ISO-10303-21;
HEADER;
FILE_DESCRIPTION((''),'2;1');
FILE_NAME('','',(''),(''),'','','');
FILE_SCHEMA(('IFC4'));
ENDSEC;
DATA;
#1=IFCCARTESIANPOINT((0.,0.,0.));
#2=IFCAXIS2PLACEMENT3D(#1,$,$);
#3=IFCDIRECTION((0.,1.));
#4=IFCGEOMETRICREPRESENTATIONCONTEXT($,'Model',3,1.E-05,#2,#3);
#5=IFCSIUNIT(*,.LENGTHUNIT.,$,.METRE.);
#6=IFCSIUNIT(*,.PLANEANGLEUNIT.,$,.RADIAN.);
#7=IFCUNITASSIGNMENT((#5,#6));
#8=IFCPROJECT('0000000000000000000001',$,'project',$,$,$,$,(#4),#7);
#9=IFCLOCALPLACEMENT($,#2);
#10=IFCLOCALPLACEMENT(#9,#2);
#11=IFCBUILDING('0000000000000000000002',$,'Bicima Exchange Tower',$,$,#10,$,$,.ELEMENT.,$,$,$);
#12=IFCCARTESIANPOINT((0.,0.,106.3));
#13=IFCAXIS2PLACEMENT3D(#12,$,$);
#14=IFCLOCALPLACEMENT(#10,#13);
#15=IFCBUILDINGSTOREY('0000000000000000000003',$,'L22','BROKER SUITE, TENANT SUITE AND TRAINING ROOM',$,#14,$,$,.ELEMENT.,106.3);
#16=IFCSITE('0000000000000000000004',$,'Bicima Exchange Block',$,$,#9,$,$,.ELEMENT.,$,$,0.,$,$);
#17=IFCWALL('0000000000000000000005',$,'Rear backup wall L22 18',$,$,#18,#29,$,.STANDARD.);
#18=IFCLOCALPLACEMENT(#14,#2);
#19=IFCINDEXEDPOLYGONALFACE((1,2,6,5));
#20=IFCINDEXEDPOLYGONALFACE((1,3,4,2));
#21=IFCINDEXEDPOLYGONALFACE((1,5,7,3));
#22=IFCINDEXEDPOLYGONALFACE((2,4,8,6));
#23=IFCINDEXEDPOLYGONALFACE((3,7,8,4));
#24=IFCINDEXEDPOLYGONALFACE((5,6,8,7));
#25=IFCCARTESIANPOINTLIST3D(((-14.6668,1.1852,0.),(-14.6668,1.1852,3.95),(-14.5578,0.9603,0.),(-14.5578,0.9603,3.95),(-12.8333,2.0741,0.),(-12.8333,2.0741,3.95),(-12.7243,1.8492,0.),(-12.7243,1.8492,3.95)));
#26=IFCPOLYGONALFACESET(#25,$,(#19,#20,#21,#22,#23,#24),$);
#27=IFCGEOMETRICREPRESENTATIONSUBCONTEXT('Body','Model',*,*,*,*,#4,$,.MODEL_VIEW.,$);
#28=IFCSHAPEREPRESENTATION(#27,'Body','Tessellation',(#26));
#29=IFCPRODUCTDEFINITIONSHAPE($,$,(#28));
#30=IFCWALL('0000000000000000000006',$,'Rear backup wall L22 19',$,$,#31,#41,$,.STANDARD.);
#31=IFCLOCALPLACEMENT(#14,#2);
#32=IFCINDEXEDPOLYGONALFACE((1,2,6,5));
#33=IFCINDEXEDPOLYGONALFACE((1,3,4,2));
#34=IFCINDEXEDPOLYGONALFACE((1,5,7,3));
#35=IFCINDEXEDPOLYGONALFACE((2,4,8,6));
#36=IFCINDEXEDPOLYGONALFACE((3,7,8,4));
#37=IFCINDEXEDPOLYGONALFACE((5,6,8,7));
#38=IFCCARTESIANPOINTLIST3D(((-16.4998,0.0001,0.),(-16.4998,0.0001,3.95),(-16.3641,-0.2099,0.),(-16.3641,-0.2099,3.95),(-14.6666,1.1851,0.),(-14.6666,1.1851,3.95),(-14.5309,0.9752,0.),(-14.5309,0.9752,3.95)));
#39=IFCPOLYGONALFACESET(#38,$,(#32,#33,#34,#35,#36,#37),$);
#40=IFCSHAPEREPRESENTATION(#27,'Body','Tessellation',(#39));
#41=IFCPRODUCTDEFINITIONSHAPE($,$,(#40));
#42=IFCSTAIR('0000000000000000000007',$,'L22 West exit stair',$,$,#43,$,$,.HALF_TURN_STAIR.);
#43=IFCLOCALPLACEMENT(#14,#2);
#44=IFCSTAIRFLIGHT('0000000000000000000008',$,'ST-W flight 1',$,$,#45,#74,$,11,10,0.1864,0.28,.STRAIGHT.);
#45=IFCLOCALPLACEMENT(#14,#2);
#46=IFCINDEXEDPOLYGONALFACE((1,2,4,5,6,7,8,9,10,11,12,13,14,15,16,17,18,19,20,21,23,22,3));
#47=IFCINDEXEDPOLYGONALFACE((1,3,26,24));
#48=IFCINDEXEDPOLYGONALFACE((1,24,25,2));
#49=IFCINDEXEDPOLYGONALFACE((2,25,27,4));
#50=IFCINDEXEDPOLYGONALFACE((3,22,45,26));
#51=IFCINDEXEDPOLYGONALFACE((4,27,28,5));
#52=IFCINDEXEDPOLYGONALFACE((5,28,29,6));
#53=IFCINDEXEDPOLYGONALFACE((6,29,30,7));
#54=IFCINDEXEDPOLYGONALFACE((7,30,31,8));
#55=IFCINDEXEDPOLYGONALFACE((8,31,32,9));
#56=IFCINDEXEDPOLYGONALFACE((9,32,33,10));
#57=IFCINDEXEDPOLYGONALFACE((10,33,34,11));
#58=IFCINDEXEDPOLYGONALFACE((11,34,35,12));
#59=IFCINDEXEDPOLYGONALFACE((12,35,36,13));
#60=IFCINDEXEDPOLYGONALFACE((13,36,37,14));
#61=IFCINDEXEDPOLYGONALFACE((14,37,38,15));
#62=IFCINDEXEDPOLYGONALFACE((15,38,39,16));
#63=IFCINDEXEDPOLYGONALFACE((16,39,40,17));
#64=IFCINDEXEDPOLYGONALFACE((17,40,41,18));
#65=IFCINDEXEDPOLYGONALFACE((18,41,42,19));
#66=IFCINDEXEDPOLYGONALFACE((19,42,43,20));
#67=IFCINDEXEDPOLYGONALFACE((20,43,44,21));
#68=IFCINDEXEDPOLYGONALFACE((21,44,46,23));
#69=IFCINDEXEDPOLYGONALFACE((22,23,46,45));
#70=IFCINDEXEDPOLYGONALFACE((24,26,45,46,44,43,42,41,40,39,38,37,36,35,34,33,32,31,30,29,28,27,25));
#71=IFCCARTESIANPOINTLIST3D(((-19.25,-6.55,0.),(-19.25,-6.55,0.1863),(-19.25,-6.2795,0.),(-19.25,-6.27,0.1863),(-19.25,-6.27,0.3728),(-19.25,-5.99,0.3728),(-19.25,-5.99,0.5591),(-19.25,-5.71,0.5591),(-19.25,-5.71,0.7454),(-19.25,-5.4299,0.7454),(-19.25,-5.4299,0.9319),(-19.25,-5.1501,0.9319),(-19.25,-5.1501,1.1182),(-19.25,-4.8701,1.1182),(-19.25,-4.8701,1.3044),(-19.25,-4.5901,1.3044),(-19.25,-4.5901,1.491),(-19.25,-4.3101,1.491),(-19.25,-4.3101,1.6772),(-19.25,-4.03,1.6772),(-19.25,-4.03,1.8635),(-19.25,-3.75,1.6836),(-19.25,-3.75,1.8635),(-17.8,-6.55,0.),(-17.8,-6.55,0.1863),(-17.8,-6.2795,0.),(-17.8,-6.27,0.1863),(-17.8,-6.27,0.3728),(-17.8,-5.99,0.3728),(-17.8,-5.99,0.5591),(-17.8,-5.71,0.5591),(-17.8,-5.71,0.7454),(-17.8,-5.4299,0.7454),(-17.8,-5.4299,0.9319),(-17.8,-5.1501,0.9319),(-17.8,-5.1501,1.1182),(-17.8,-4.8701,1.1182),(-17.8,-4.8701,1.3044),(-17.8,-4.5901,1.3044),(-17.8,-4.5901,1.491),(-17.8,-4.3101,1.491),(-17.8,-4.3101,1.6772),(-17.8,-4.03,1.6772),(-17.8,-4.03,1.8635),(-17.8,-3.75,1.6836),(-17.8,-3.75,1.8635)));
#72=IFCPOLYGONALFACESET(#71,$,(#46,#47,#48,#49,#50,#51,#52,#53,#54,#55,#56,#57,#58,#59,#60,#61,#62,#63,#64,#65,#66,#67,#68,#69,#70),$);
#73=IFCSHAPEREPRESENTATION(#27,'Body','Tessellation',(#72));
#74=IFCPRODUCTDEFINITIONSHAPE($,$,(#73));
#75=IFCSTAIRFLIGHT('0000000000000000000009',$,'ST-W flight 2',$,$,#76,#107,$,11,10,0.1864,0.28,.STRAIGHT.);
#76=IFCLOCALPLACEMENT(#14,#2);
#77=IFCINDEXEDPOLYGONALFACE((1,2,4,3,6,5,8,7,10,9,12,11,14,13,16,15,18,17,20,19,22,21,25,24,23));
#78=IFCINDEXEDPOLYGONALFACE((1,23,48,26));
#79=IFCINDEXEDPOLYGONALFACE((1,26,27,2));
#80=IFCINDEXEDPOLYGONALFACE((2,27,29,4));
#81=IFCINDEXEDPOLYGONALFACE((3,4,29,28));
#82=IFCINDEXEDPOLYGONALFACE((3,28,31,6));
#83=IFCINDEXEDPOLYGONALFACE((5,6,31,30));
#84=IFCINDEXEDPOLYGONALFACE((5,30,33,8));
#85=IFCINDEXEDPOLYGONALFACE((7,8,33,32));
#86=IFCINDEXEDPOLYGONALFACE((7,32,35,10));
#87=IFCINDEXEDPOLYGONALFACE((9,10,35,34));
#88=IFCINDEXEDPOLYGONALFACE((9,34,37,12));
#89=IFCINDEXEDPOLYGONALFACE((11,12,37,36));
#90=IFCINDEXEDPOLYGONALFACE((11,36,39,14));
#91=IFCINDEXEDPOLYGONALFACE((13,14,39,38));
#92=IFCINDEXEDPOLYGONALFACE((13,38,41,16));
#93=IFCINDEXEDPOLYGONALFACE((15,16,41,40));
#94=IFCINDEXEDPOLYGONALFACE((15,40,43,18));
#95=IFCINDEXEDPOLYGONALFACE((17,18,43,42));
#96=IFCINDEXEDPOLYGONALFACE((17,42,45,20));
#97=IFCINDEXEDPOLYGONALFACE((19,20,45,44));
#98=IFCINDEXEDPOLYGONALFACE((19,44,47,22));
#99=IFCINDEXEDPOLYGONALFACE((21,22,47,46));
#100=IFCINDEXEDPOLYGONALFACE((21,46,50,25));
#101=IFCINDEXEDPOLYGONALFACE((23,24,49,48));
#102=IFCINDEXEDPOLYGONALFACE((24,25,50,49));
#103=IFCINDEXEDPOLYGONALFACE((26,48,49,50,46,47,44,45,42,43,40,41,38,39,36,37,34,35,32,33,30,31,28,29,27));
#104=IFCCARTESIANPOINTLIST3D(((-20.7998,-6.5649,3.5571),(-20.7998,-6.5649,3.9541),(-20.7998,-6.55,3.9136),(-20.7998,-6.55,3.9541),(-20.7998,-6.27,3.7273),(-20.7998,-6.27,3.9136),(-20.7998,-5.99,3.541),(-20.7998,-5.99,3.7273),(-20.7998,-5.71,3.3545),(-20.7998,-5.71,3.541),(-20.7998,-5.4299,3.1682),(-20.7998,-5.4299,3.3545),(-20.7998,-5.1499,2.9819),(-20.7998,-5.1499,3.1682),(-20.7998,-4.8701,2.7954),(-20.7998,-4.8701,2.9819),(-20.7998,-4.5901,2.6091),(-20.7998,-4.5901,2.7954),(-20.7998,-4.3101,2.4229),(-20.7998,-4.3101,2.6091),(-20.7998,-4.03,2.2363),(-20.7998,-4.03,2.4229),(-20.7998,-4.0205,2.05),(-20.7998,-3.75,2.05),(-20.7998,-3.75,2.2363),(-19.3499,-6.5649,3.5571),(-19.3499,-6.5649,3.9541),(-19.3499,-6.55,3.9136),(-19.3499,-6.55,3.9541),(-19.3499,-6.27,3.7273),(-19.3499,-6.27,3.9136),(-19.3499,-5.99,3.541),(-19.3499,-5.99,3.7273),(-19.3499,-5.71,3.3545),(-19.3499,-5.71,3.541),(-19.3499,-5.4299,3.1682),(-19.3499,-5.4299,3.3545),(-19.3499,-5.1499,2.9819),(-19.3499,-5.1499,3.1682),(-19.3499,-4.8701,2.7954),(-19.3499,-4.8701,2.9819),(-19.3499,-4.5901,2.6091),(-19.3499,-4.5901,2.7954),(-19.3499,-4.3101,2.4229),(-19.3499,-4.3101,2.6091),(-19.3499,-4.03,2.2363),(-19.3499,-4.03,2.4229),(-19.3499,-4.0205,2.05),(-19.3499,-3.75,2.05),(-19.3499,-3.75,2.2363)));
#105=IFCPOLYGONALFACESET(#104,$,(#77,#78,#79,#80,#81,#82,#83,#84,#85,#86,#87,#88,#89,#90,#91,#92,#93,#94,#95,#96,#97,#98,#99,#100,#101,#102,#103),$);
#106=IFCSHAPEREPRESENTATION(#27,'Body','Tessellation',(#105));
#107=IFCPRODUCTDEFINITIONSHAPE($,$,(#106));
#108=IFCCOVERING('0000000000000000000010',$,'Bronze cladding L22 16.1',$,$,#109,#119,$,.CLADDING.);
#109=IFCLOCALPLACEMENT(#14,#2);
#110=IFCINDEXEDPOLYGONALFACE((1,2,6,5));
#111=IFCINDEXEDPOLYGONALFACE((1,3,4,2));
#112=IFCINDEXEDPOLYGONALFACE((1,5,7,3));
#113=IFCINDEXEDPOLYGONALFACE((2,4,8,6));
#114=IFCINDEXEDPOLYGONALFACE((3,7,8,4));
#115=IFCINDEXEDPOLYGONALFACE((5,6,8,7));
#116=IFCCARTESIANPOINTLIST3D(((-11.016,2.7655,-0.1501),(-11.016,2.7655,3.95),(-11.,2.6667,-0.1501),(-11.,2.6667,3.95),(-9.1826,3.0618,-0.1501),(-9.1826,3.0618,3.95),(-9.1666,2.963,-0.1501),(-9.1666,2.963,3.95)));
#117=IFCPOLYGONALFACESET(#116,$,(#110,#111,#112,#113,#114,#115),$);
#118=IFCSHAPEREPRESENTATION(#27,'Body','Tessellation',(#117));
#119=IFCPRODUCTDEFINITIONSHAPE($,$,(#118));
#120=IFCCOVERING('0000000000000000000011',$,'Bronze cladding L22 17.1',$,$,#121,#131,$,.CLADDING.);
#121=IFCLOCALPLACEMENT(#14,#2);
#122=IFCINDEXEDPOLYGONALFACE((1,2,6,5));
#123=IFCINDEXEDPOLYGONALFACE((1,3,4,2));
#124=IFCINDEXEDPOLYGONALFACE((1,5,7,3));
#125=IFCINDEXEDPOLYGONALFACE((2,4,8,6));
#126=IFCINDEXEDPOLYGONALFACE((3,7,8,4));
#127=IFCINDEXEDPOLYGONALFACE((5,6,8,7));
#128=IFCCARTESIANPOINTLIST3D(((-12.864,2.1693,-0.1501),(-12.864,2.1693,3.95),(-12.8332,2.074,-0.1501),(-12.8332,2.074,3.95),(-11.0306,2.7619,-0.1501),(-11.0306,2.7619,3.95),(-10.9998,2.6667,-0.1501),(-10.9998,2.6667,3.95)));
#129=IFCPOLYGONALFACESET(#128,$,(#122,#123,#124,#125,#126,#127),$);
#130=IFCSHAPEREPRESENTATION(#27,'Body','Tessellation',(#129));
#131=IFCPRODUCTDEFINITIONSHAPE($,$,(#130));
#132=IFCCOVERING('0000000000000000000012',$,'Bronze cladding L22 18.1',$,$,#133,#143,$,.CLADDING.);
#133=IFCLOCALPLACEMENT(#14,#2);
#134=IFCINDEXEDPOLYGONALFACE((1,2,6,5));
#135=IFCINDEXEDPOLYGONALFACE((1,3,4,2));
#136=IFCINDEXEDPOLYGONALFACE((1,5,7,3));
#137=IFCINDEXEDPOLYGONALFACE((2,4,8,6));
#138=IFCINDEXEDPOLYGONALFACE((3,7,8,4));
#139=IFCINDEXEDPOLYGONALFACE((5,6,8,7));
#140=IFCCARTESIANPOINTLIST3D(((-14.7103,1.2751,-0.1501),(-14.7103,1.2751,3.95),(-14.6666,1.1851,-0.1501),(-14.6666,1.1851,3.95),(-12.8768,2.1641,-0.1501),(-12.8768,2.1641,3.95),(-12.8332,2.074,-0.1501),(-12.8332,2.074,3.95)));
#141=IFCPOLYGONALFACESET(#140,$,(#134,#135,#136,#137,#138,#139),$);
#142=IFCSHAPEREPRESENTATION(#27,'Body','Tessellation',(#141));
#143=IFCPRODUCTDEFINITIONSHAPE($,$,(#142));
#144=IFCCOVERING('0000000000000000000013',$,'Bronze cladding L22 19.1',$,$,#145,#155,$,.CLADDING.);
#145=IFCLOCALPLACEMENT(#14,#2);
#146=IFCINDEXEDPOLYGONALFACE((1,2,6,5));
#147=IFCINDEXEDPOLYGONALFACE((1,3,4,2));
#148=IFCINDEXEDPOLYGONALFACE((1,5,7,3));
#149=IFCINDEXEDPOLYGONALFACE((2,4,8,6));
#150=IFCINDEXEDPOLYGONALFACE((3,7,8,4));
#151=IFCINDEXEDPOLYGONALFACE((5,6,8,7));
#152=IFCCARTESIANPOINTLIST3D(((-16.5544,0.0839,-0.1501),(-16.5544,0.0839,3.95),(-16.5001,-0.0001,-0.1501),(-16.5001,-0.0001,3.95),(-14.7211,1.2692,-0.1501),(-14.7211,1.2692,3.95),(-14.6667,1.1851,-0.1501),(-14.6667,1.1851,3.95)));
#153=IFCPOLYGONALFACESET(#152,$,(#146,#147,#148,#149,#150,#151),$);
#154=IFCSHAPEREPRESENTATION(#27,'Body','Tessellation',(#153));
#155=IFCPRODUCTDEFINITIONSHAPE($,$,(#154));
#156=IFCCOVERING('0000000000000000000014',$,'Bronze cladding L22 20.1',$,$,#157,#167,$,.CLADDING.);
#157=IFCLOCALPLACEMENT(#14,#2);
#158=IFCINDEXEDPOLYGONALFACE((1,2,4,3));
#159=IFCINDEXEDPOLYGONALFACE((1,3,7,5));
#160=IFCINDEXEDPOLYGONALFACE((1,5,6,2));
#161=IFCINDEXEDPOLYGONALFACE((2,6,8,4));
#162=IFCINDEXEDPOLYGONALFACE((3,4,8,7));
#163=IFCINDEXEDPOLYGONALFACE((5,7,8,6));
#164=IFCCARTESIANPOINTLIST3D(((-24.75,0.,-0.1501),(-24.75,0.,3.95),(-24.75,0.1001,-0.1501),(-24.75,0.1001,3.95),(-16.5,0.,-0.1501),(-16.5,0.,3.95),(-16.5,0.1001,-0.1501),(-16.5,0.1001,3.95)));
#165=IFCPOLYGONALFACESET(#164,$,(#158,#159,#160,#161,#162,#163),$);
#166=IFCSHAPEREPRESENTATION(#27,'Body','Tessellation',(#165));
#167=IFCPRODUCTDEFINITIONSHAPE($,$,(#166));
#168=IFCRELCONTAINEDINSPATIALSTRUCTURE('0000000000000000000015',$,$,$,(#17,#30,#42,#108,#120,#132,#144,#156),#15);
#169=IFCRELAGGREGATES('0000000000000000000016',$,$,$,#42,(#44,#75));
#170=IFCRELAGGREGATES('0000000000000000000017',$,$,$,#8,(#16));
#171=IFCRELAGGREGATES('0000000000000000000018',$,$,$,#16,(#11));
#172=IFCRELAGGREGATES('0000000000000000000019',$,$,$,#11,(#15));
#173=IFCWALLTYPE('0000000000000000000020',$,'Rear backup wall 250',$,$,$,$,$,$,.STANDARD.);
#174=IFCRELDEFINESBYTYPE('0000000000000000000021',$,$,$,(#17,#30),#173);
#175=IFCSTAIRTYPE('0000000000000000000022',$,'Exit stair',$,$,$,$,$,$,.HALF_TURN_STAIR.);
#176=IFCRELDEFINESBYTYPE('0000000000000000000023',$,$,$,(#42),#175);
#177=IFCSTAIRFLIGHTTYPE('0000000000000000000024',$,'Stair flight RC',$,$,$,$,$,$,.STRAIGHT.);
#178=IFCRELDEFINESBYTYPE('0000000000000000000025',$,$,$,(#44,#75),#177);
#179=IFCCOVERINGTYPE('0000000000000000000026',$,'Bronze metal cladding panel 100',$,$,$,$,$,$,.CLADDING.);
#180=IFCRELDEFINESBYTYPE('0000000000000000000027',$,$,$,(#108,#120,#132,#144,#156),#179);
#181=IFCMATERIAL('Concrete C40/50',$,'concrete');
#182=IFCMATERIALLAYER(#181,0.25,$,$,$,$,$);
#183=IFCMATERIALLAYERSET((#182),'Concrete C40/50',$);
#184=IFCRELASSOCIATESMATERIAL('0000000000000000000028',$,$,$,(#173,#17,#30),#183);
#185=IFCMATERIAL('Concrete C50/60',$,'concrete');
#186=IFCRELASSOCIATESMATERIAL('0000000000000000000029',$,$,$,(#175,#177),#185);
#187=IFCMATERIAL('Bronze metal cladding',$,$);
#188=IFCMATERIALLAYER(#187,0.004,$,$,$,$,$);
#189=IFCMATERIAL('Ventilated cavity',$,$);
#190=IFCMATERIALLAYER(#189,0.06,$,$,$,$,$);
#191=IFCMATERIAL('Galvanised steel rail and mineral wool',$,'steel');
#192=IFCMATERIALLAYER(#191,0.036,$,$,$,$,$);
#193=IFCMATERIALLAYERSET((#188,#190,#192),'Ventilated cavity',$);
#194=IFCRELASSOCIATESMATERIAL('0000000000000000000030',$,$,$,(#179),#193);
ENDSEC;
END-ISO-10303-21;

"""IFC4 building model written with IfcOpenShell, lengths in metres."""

from ifc_helpers import new_model, si_unit, direction, frame, frame_2d, origin, origin_2d, place, context, subcontext, project, spatial, polyline, rectangle, outline, extrude, material, layer, layer_set, layer_usage, type_object, element, aggregate, save


model = new_model("IFC4")

# Units and contexts
model_context = context("Model", 3, precision=1e-05, world=origin(), true_north=direction((0.0, 1.0)))
body_context = subcontext(model_context, "Body", "Model", "MODEL_VIEW")
ifc_project = project(units=[si_unit("LENGTHUNIT", "METRE"), si_unit("PLANEANGLEUNIT", "RADIAN")], contexts=[model_context])

# Site, building, storey
site_placement = place(None, origin())
site = spatial("IfcSite", under=ifc_project, at=site_placement, Name="Bicima Exchange Block", CompositionType="ELEMENT", RefElevation=0.0)
building_placement = place(site_placement, origin())
building = spatial("IfcBuilding", under=site, at=building_placement, Name="Bicima Exchange Tower", CompositionType="ELEMENT")
storey_placement = place(building_placement, frame((0.0, 0.0, 106.3)))
storey = spatial("IfcBuildingStorey", under=building, at=storey_placement, Name="L22", Description="BROKER SUITE, TENANT SUITE AND TRAINING ROOM", CompositionType="ELEMENT", Elevation=106.3)

# Shared definitions
ifc_material_1 = material(Name="Concrete C50/60", Category="concrete")

# Walls
ifc_material_2 = material(Name="Concrete C40/50", Category="concrete")
ifc_layer_1 = layer(ifc_material_2, 0.25)
ifc_layer_set_1 = layer_set([ifc_layer_1], Name="Concrete C40/50")
ifc_layer_usage = layer_usage(ifc_layer_set_1, "AXIS2", "POSITIVE", -0.125)
wall_type_1 = type_object("IfcWallType", Name="Rear backup wall 250", PredefinedType="STANDARD", material=ifc_layer_set_1)
wall_1_placement = place(storey_placement, frame((-12.7788, 1.9617, 0.0), z_axis=(0.0, 0.0, 1.0), x_axis=(-0.899824, -0.436253, 0.0)))
element("IfcWall", 1, at=wall_1_placement, inside=storey, type_object=wall_type_1, material=ifc_layer_usage, Name="Rear backup wall L22 18", PredefinedType="STANDARD", context=body_context, shape_type="SweptSolid", body=[
    extrude(rectangle(XDim=2.0376, YDim=0.25, at=frame_2d((1.0188, 0.0))), origin(), (0.0, 0.0, 1.0), 3.95),
])
wall_2_placement = place(storey_placement, frame((-14.5989, 1.0801, 0.0), z_axis=(0.0, 0.0, 1.0), x_axis=(-0.839813, -0.542876, 0.0)))
element("IfcWall", 2, at=wall_2_placement, inside=storey, type_object=wall_type_1, material=ifc_layer_usage, Name="Rear backup wall L22 19", PredefinedType="STANDARD", context=body_context, shape_type="SweptSolid", body=[
    extrude(rectangle(XDim=2.1829, YDim=0.25, at=frame_2d((1.0913, 0.0))), origin(), (0.0, 0.0, 1.0), 3.95),
])

# Stair, stair flights
stair_type = type_object("IfcStairType", Name="Exit stair", PredefinedType="HALF_TURN_STAIR", material=ifc_material_1)
stair_placement = place(storey_placement, origin())
stair = element("IfcStair", 3, at=stair_placement, inside=storey, type_object=stair_type, Name="L22 West exit stair", PredefinedType="HALF_TURN_STAIR")
stair_flight_type = type_object("IfcStairFlightType", Name="Stair flight RC", PredefinedType="STRAIGHT", material=ifc_material_1)
stair_flight_1_placement = place(storey_placement, frame((-18.5249, -6.55, 0.0), z_axis=(0.0, 0.0, 1.0), x_axis=(0.0, 1.0, 0.0)))
stair_flight_1 = element("IfcStairFlight", 4, at=stair_flight_1_placement, type_object=stair_flight_type, Name="ST-W flight 1", NumberOfRisers=11, NumberOfTreads=10, PredefinedType="STRAIGHT", RiserHeight=0.1864, TreadLength=0.28, context=body_context, shape_type="SweptSolid", body=[
    extrude(outline(polyline([(0.0, 0.0), (0.0, 0.1863), (0.28, 0.1863), (0.28, 0.3728), (0.5601, 0.3728), (0.5601, 0.5591), (0.8401, 0.5591), (0.8401, 0.7454), (1.1201, 0.7454), (1.1201, 0.9319), (1.3999, 0.9319), (1.3999, 1.1182), (1.6799, 1.1182), (1.6799, 1.3044), (1.96, 1.3044), (1.96, 1.491), (2.24, 1.491), (2.24, 1.6772), (2.52, 1.6772), (2.52, 1.8635), (2.8, 1.8635), (2.8, 2.05), (2.8, 1.6836), (0.2705, 0.0), (0.0, 0.0)])), frame((0.0, 0.7251, 0.0), z_axis=(0.0, -1.0, 0.0), x_axis=(1.0, 0.0, 0.0)), (0.0, 0.0, 1.0), 1.45),
])
stair_flight_2_placement = place(storey_placement, frame((-20.075, -3.75, 2.05), z_axis=(0.0, 0.0, 1.0), x_axis=(0.0, -1.0, 0.0)))
stair_flight_2 = element("IfcStairFlight", 5, at=stair_flight_2_placement, type_object=stair_flight_type, Name="ST-W flight 2", NumberOfRisers=11, NumberOfTreads=10, PredefinedType="STRAIGHT", RiserHeight=0.1864, TreadLength=0.28, context=body_context, shape_type="SweptSolid", body=[
    extrude(outline(polyline([(0.0, 0.0), (0.0, 0.1863), (0.28, 0.1863), (0.28, 0.3728), (0.5601, 0.3728), (0.5601, 0.5591), (0.8401, 0.5591), (0.8401, 0.7454), (1.1201, 0.7454), (1.1201, 0.9319), (1.3999, 0.9319), (1.3999, 1.1182), (1.6799, 1.1182), (1.6799, 1.3044), (1.96, 1.3044), (1.96, 1.491), (2.24, 1.491), (2.24, 1.6772), (2.52, 1.6772), (2.52, 1.8635), (2.8, 1.8635), (2.8, 1.9041), (2.8149, 1.9041), (2.8149, 1.5071), (0.2705, 0.0), (0.0, 0.0)])), frame((0.0, 0.7251, 0.0), z_axis=(0.0, -1.0, 0.0), x_axis=(1.0, 0.0, 0.0)), (0.0, 0.0, 1.0), 1.45),
])
aggregate(stair, [stair_flight_1, stair_flight_2])

# Coverings
ifc_material_3 = material(Name="Bronze metal cladding")
ifc_layer_2 = layer(ifc_material_3, 0.004)
ifc_material_4 = material(Name="Ventilated cavity")
ifc_layer_3 = layer(ifc_material_4, 0.06)
ifc_material_5 = material(Name="Galvanised steel rail and mineral wool", Category="steel")
ifc_layer_4 = layer(ifc_material_5, 0.036)
ifc_layer_set_2 = layer_set([ifc_layer_2, ifc_layer_3, ifc_layer_4], Name="Ventilated cavity")
covering_type = type_object("IfcCoveringType", Name="Bronze metal cladding panel 100", PredefinedType="CLADDING", material=ifc_layer_set_2)
covering_1_placement = place(storey_placement, frame((-10.0913, 2.8643, -0.1501), z_axis=(0.0, 0.0, 1.0), x_axis=(-0.98719, -0.15955, 0.0)))
element("IfcCovering", 6, at=covering_1_placement, inside=storey, type_object=covering_type, Name="Bronze cladding L22 16.1", PredefinedType="CLADDING", context=body_context, shape_type="SweptSolid", body=[
    extrude(rectangle(XDim=1.8572, YDim=0.1001, at=origin_2d()), origin(), (0.0, 0.0, 1.0), 4.1001),
])
covering_2_placement = place(storey_placement, frame((-11.9319, 2.418, -0.1501), z_axis=(0.0, 0.0, 1.0), x_axis=(-0.951525, -0.307573, 0.0)))
element("IfcCovering", 7, at=covering_2_placement, inside=storey, type_object=covering_type, Name="Bronze cladding L22 17.1", PredefinedType="CLADDING", context=body_context, shape_type="SweptSolid", body=[
    extrude(rectangle(XDim=1.9268, YDim=0.1001, at=origin_2d()), origin(), (0.0, 0.0, 1.0), 4.1001),
])
covering_3_placement = place(storey_placement, frame((-13.7717, 1.6746, -0.1501), z_axis=(0.0, 0.0, 1.0), x_axis=(-0.899818, -0.436265, 0.0)))
element("IfcCovering", 8, at=covering_3_placement, inside=storey, type_object=covering_type, Name="Bronze cladding L22 18.1", PredefinedType="CLADDING", context=body_context, shape_type="SweptSolid", body=[
    extrude(rectangle(XDim=2.0376, YDim=0.1001, at=origin_2d()), origin(), (0.0, 0.0, 1.0), 4.1001),
])
covering_4_placement = place(storey_placement, frame((-15.6106, 0.6345, -0.1501), z_axis=(0.0, 0.0, 1.0), x_axis=(-0.83979, -0.542911, 0.0)))
element("IfcCovering", 9, at=covering_4_placement, inside=storey, type_object=covering_type, Name="Bronze cladding L22 19.1", PredefinedType="CLADDING", context=body_context, shape_type="SweptSolid", body=[
    extrude(rectangle(XDim=2.1831, YDim=0.1001, at=origin_2d()), origin(), (0.0, 0.0, 1.0), 4.1001),
])
covering_5_placement = place(storey_placement, frame((-20.625, 0.05, -0.1501), z_axis=(0.0, 0.0, 1.0), x_axis=(-1.0, 0.0, 0.0)))
element("IfcCovering", 10, at=covering_5_placement, inside=storey, type_object=covering_type, Name="Bronze cladding L22 20.1", PredefinedType="CLADDING", context=body_context, shape_type="SweptSolid", body=[
    extrude(rectangle(XDim=8.25, YDim=0.1001, at=origin_2d()), origin(), (0.0, 0.0, 1.0), 4.1001),
])

save(model, "model.ifc")
